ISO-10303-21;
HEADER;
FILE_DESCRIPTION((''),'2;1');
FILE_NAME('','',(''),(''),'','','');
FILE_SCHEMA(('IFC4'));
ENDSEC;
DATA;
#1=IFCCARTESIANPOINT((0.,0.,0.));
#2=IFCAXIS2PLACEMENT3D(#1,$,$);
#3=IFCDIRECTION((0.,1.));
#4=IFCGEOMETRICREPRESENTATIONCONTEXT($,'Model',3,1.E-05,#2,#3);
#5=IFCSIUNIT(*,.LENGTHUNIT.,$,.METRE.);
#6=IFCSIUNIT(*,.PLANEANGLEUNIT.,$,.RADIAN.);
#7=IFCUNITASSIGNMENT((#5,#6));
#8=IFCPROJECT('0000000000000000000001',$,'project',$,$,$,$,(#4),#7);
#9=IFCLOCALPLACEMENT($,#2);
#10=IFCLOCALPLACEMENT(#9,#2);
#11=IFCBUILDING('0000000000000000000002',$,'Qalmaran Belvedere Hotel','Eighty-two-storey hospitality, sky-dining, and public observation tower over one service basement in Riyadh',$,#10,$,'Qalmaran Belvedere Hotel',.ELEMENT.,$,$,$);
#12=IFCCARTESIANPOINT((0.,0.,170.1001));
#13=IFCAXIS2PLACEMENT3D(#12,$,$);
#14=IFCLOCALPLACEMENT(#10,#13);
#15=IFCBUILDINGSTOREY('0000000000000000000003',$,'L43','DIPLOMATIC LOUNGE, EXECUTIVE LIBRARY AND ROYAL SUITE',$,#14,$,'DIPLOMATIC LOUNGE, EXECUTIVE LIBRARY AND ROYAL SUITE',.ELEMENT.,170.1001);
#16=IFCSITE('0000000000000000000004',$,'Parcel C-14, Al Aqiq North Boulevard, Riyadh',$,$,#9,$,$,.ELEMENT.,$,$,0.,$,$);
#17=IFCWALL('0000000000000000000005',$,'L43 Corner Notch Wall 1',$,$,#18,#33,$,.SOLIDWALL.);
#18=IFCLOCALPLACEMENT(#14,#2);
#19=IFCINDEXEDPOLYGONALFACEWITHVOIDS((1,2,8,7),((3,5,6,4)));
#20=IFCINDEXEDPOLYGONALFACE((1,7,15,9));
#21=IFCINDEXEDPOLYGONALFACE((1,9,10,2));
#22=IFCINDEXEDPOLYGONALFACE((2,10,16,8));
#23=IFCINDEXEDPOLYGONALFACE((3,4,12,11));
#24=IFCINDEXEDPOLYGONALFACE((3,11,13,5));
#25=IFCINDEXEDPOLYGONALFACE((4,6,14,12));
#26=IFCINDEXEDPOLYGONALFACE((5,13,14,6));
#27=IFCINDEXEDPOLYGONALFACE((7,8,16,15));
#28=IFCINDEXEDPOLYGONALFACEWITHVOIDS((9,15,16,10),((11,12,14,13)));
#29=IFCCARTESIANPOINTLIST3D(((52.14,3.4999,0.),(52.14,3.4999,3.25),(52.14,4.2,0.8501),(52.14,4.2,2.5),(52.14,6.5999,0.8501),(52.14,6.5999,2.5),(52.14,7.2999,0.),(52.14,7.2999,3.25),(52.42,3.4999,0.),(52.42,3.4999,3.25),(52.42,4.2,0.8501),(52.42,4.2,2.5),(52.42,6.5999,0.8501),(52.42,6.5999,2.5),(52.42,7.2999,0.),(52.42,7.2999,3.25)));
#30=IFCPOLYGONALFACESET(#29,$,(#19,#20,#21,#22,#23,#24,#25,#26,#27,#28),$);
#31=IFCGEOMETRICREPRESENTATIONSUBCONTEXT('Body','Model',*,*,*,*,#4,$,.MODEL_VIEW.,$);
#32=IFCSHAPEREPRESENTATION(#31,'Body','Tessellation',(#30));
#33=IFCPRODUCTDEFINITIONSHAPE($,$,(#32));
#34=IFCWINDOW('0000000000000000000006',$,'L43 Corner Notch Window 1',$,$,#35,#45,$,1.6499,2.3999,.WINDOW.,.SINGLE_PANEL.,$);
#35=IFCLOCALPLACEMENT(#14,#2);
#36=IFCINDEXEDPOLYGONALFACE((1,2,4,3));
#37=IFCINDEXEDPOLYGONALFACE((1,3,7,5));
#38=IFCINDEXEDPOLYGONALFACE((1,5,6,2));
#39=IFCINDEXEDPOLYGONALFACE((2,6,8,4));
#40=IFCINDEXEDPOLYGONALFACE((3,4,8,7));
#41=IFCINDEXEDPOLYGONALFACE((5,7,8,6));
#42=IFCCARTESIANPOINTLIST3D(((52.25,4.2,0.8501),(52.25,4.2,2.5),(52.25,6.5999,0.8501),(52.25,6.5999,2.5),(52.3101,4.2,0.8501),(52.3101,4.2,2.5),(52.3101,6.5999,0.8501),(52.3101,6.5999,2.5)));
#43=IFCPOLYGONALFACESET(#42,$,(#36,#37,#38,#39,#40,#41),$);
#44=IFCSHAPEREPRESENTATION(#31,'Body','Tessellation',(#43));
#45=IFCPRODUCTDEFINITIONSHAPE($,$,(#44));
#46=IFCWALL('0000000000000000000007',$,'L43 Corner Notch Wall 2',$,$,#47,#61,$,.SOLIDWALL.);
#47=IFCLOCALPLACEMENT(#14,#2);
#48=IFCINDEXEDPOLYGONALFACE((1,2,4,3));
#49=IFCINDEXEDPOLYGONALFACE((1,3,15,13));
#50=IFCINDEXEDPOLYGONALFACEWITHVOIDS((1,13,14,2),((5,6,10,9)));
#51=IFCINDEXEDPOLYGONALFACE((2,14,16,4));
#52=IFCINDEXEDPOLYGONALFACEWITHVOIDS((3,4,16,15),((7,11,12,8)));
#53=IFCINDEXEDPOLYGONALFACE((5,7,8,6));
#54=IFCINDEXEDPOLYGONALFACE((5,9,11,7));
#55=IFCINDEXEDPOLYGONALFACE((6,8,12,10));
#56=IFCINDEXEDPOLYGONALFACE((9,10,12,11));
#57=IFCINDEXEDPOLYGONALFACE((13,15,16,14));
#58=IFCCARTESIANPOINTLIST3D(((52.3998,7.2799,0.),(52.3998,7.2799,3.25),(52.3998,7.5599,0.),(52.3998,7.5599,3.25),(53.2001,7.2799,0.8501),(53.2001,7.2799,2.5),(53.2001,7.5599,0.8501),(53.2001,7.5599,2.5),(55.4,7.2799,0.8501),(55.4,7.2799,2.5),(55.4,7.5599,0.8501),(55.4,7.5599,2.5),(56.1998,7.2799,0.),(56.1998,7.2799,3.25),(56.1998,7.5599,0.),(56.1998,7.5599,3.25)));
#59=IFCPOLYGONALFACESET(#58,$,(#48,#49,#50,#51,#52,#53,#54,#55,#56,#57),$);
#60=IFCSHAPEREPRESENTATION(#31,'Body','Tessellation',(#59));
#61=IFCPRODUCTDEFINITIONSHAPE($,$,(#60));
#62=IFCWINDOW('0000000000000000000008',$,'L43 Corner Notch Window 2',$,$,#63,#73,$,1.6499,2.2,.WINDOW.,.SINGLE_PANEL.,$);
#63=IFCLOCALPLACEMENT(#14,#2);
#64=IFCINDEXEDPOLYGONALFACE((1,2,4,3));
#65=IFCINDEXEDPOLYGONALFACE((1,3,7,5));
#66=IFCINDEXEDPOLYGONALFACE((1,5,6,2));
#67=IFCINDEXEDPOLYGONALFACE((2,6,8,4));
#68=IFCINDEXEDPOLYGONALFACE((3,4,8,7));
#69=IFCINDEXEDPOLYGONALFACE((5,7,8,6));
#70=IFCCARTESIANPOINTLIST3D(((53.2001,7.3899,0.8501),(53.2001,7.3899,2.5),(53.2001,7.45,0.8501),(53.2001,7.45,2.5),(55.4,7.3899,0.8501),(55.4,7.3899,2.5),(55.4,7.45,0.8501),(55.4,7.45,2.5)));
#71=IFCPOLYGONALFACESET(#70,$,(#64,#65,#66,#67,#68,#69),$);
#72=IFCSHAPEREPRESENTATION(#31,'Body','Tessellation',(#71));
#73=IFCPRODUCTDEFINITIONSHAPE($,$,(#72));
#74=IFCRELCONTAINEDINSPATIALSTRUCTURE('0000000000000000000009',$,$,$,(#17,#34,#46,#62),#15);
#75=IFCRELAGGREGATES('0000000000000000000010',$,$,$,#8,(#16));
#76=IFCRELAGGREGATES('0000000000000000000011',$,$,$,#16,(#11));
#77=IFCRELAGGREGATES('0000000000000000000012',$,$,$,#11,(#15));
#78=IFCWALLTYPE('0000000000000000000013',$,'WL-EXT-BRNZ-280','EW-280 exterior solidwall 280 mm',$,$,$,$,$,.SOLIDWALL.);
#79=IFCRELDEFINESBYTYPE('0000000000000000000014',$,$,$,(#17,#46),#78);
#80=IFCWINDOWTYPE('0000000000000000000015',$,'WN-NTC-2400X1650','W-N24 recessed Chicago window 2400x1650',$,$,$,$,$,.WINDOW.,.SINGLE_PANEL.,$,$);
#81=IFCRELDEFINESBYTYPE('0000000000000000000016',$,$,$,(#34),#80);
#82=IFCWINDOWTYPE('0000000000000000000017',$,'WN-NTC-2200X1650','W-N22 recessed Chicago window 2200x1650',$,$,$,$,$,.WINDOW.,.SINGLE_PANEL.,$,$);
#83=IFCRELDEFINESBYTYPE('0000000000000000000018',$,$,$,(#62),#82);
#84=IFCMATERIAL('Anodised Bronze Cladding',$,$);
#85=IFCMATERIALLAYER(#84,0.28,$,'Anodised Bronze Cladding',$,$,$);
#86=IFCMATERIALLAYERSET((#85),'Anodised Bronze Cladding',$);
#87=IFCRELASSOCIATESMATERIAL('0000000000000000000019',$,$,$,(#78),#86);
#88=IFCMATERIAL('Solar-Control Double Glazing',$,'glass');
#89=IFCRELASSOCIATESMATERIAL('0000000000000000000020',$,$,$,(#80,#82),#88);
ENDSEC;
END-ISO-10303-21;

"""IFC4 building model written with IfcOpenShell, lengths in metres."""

from ifc_helpers import new_model, si_unit, direction, frame, frame_2d, origin, place, context, subcontext, project, spatial, rectangle, extrude, material, layer, layer_set, type_object, element, fill, save


model = new_model("IFC4")

# Units and contexts
model_context = context("Model", 3, precision=1e-05, world=origin(), true_north=direction((0.0, 1.0)))
body_context = subcontext(model_context, "Body", "Model", "MODEL_VIEW")
ifc_project = project(units=[si_unit("LENGTHUNIT", "METRE"), si_unit("PLANEANGLEUNIT", "RADIAN")], contexts=[model_context])

# Site, building, storey
site_placement = place(None, origin())
site = spatial("IfcSite", under=ifc_project, at=site_placement, Name="Parcel C-14, Al Aqiq North Boulevard, Riyadh", CompositionType="ELEMENT", RefElevation=0.0)
building_placement = place(site_placement, origin())
building = spatial("IfcBuilding", under=site, at=building_placement, Name="Qalmaran Belvedere Hotel", Description="Eighty-two-storey hospitality, sky-dining, and public observation tower over one service basement in Riyadh", LongName="Qalmaran Belvedere Hotel", CompositionType="ELEMENT")
storey_placement = place(building_placement, frame((0.0, 0.0, 170.1001)))
storey = spatial("IfcBuildingStorey", under=building, at=storey_placement, Name="L43", Description="DIPLOMATIC LOUNGE, EXECUTIVE LIBRARY AND ROYAL SUITE", LongName="DIPLOMATIC LOUNGE, EXECUTIVE LIBRARY AND ROYAL SUITE", CompositionType="ELEMENT", Elevation=170.1001)

# Shared definitions
ifc_material_1 = material(Name="Solar-Control Double Glazing", Category="glass")

# Walls, openings, windows
ifc_material_2 = material(Name="Anodised Bronze Cladding")
ifc_layer_1 = layer(ifc_material_2, 0.28, Name="Anodised Bronze Cladding")
ifc_layer_set_1 = layer_set([ifc_layer_1], Name="Anodised Bronze Cladding")
wall_type_1 = type_object("IfcWallType", Name="WL-EXT-BRNZ-280", Description="EW-280 exterior solidwall 280 mm", PredefinedType="SOLIDWALL", material=ifc_layer_set_1)
wall_1_placement = place(storey_placement, frame((52.28, 3.5, 0.0), z_axis=(0.0, 0.0, 1.0), x_axis=(0.0, 1.0, 0.0)))
wall_1 = element("IfcWall", 1, at=wall_1_placement, inside=storey, type_object=wall_type_1, Name="L43 Corner Notch Wall 1", PredefinedType="SOLIDWALL", context=body_context, shape_type="SweptSolid", body=[
    extrude(rectangle(XDim=3.8, YDim=0.28, at=frame_2d((1.8999, 0.0))), origin(), (0.0, 0.0, 1.0), 3.25),
])
opening_1_placement = place(wall_1_placement, frame((0.7, 0.0, 0.8501)))
opening_1 = element("IfcOpeningElement", 2, at=opening_1_placement, cuts=wall_1, PredefinedType="OPENING", context=body_context, shape_type="SweptSolid", body=[
    extrude(rectangle(XDim=2.3999, YDim=1.6499, at=frame_2d((1.2, 0.825))), frame((0.0, 0.1499, 0.0), z_axis=(0.0, -1.0, 0.0), x_axis=(1.0, 0.0, 0.0)), (0.0, 0.0, 1.0), 0.3),
])
window_type_1 = type_object("IfcWindowType", Name="WN-NTC-2400X1650", Description="W-N24 recessed Chicago window 2400x1650", PartitioningType="SINGLE_PANEL", PredefinedType="WINDOW", material=ifc_material_1)
window_1_placement = place(opening_1_placement, origin())
window_1 = element("IfcWindow", 3, at=window_1_placement, inside=storey, type_object=window_type_1, Name="L43 Corner Notch Window 1", OverallHeight=1.6499, OverallWidth=2.3999, PartitioningType="SINGLE_PANEL", PredefinedType="WINDOW", context=body_context, shape_type="SweptSolid", body=[
    extrude(rectangle(XDim=2.3999, YDim=1.6499, at=frame_2d((1.2, 0.825))), frame((0.0, 0.03, 0.0), z_axis=(0.0, -1.0, 0.0), x_axis=(1.0, 0.0, 0.0)), (0.0, 0.0, 1.0), 0.0601),
])
fill(opening_1, window_1)
wall_2_placement = place(storey_placement, frame((52.3999, 7.4199, 0.0), z_axis=(0.0, 0.0, 1.0), x_axis=(1.0, 0.0, 0.0)))
wall_2 = element("IfcWall", 4, at=wall_2_placement, inside=storey, type_object=wall_type_1, Name="L43 Corner Notch Wall 2", PredefinedType="SOLIDWALL", context=body_context, shape_type="SweptSolid", body=[
    extrude(rectangle(XDim=3.8, YDim=0.28, at=frame_2d((1.8999, 0.0))), origin(), (0.0, 0.0, 1.0), 3.25),
])
opening_2_placement = place(wall_2_placement, frame((0.8, 0.0, 0.8501)))
opening_2 = element("IfcOpeningElement", 5, at=opening_2_placement, cuts=wall_2, PredefinedType="OPENING", context=body_context, shape_type="SweptSolid", body=[
    extrude(rectangle(XDim=2.2, YDim=1.6499, at=frame_2d((1.1001, 0.825))), frame((0.0, 0.1499, 0.0), z_axis=(0.0, -1.0, 0.0), x_axis=(1.0, 0.0, 0.0)), (0.0, 0.0, 1.0), 0.3),
])
window_type_2 = type_object("IfcWindowType", Name="WN-NTC-2200X1650", Description="W-N22 recessed Chicago window 2200x1650", PartitioningType="SINGLE_PANEL", PredefinedType="WINDOW", material=ifc_material_1)
window_2_placement = place(opening_2_placement, origin())
window_2 = element("IfcWindow", 6, at=window_2_placement, inside=storey, type_object=window_type_2, Name="L43 Corner Notch Window 2", OverallHeight=1.6499, OverallWidth=2.2, PartitioningType="SINGLE_PANEL", PredefinedType="WINDOW", context=body_context, shape_type="SweptSolid", body=[
    extrude(rectangle(XDim=2.2, YDim=1.6499, at=frame_2d((1.1001, 0.825))), frame((0.0, 0.03, 0.0), z_axis=(0.0, -1.0, 0.0), x_axis=(1.0, 0.0, 0.0)), (0.0, 0.0, 1.0), 0.0601),
])
fill(opening_2, window_2)

save(model, "model.ifc")
